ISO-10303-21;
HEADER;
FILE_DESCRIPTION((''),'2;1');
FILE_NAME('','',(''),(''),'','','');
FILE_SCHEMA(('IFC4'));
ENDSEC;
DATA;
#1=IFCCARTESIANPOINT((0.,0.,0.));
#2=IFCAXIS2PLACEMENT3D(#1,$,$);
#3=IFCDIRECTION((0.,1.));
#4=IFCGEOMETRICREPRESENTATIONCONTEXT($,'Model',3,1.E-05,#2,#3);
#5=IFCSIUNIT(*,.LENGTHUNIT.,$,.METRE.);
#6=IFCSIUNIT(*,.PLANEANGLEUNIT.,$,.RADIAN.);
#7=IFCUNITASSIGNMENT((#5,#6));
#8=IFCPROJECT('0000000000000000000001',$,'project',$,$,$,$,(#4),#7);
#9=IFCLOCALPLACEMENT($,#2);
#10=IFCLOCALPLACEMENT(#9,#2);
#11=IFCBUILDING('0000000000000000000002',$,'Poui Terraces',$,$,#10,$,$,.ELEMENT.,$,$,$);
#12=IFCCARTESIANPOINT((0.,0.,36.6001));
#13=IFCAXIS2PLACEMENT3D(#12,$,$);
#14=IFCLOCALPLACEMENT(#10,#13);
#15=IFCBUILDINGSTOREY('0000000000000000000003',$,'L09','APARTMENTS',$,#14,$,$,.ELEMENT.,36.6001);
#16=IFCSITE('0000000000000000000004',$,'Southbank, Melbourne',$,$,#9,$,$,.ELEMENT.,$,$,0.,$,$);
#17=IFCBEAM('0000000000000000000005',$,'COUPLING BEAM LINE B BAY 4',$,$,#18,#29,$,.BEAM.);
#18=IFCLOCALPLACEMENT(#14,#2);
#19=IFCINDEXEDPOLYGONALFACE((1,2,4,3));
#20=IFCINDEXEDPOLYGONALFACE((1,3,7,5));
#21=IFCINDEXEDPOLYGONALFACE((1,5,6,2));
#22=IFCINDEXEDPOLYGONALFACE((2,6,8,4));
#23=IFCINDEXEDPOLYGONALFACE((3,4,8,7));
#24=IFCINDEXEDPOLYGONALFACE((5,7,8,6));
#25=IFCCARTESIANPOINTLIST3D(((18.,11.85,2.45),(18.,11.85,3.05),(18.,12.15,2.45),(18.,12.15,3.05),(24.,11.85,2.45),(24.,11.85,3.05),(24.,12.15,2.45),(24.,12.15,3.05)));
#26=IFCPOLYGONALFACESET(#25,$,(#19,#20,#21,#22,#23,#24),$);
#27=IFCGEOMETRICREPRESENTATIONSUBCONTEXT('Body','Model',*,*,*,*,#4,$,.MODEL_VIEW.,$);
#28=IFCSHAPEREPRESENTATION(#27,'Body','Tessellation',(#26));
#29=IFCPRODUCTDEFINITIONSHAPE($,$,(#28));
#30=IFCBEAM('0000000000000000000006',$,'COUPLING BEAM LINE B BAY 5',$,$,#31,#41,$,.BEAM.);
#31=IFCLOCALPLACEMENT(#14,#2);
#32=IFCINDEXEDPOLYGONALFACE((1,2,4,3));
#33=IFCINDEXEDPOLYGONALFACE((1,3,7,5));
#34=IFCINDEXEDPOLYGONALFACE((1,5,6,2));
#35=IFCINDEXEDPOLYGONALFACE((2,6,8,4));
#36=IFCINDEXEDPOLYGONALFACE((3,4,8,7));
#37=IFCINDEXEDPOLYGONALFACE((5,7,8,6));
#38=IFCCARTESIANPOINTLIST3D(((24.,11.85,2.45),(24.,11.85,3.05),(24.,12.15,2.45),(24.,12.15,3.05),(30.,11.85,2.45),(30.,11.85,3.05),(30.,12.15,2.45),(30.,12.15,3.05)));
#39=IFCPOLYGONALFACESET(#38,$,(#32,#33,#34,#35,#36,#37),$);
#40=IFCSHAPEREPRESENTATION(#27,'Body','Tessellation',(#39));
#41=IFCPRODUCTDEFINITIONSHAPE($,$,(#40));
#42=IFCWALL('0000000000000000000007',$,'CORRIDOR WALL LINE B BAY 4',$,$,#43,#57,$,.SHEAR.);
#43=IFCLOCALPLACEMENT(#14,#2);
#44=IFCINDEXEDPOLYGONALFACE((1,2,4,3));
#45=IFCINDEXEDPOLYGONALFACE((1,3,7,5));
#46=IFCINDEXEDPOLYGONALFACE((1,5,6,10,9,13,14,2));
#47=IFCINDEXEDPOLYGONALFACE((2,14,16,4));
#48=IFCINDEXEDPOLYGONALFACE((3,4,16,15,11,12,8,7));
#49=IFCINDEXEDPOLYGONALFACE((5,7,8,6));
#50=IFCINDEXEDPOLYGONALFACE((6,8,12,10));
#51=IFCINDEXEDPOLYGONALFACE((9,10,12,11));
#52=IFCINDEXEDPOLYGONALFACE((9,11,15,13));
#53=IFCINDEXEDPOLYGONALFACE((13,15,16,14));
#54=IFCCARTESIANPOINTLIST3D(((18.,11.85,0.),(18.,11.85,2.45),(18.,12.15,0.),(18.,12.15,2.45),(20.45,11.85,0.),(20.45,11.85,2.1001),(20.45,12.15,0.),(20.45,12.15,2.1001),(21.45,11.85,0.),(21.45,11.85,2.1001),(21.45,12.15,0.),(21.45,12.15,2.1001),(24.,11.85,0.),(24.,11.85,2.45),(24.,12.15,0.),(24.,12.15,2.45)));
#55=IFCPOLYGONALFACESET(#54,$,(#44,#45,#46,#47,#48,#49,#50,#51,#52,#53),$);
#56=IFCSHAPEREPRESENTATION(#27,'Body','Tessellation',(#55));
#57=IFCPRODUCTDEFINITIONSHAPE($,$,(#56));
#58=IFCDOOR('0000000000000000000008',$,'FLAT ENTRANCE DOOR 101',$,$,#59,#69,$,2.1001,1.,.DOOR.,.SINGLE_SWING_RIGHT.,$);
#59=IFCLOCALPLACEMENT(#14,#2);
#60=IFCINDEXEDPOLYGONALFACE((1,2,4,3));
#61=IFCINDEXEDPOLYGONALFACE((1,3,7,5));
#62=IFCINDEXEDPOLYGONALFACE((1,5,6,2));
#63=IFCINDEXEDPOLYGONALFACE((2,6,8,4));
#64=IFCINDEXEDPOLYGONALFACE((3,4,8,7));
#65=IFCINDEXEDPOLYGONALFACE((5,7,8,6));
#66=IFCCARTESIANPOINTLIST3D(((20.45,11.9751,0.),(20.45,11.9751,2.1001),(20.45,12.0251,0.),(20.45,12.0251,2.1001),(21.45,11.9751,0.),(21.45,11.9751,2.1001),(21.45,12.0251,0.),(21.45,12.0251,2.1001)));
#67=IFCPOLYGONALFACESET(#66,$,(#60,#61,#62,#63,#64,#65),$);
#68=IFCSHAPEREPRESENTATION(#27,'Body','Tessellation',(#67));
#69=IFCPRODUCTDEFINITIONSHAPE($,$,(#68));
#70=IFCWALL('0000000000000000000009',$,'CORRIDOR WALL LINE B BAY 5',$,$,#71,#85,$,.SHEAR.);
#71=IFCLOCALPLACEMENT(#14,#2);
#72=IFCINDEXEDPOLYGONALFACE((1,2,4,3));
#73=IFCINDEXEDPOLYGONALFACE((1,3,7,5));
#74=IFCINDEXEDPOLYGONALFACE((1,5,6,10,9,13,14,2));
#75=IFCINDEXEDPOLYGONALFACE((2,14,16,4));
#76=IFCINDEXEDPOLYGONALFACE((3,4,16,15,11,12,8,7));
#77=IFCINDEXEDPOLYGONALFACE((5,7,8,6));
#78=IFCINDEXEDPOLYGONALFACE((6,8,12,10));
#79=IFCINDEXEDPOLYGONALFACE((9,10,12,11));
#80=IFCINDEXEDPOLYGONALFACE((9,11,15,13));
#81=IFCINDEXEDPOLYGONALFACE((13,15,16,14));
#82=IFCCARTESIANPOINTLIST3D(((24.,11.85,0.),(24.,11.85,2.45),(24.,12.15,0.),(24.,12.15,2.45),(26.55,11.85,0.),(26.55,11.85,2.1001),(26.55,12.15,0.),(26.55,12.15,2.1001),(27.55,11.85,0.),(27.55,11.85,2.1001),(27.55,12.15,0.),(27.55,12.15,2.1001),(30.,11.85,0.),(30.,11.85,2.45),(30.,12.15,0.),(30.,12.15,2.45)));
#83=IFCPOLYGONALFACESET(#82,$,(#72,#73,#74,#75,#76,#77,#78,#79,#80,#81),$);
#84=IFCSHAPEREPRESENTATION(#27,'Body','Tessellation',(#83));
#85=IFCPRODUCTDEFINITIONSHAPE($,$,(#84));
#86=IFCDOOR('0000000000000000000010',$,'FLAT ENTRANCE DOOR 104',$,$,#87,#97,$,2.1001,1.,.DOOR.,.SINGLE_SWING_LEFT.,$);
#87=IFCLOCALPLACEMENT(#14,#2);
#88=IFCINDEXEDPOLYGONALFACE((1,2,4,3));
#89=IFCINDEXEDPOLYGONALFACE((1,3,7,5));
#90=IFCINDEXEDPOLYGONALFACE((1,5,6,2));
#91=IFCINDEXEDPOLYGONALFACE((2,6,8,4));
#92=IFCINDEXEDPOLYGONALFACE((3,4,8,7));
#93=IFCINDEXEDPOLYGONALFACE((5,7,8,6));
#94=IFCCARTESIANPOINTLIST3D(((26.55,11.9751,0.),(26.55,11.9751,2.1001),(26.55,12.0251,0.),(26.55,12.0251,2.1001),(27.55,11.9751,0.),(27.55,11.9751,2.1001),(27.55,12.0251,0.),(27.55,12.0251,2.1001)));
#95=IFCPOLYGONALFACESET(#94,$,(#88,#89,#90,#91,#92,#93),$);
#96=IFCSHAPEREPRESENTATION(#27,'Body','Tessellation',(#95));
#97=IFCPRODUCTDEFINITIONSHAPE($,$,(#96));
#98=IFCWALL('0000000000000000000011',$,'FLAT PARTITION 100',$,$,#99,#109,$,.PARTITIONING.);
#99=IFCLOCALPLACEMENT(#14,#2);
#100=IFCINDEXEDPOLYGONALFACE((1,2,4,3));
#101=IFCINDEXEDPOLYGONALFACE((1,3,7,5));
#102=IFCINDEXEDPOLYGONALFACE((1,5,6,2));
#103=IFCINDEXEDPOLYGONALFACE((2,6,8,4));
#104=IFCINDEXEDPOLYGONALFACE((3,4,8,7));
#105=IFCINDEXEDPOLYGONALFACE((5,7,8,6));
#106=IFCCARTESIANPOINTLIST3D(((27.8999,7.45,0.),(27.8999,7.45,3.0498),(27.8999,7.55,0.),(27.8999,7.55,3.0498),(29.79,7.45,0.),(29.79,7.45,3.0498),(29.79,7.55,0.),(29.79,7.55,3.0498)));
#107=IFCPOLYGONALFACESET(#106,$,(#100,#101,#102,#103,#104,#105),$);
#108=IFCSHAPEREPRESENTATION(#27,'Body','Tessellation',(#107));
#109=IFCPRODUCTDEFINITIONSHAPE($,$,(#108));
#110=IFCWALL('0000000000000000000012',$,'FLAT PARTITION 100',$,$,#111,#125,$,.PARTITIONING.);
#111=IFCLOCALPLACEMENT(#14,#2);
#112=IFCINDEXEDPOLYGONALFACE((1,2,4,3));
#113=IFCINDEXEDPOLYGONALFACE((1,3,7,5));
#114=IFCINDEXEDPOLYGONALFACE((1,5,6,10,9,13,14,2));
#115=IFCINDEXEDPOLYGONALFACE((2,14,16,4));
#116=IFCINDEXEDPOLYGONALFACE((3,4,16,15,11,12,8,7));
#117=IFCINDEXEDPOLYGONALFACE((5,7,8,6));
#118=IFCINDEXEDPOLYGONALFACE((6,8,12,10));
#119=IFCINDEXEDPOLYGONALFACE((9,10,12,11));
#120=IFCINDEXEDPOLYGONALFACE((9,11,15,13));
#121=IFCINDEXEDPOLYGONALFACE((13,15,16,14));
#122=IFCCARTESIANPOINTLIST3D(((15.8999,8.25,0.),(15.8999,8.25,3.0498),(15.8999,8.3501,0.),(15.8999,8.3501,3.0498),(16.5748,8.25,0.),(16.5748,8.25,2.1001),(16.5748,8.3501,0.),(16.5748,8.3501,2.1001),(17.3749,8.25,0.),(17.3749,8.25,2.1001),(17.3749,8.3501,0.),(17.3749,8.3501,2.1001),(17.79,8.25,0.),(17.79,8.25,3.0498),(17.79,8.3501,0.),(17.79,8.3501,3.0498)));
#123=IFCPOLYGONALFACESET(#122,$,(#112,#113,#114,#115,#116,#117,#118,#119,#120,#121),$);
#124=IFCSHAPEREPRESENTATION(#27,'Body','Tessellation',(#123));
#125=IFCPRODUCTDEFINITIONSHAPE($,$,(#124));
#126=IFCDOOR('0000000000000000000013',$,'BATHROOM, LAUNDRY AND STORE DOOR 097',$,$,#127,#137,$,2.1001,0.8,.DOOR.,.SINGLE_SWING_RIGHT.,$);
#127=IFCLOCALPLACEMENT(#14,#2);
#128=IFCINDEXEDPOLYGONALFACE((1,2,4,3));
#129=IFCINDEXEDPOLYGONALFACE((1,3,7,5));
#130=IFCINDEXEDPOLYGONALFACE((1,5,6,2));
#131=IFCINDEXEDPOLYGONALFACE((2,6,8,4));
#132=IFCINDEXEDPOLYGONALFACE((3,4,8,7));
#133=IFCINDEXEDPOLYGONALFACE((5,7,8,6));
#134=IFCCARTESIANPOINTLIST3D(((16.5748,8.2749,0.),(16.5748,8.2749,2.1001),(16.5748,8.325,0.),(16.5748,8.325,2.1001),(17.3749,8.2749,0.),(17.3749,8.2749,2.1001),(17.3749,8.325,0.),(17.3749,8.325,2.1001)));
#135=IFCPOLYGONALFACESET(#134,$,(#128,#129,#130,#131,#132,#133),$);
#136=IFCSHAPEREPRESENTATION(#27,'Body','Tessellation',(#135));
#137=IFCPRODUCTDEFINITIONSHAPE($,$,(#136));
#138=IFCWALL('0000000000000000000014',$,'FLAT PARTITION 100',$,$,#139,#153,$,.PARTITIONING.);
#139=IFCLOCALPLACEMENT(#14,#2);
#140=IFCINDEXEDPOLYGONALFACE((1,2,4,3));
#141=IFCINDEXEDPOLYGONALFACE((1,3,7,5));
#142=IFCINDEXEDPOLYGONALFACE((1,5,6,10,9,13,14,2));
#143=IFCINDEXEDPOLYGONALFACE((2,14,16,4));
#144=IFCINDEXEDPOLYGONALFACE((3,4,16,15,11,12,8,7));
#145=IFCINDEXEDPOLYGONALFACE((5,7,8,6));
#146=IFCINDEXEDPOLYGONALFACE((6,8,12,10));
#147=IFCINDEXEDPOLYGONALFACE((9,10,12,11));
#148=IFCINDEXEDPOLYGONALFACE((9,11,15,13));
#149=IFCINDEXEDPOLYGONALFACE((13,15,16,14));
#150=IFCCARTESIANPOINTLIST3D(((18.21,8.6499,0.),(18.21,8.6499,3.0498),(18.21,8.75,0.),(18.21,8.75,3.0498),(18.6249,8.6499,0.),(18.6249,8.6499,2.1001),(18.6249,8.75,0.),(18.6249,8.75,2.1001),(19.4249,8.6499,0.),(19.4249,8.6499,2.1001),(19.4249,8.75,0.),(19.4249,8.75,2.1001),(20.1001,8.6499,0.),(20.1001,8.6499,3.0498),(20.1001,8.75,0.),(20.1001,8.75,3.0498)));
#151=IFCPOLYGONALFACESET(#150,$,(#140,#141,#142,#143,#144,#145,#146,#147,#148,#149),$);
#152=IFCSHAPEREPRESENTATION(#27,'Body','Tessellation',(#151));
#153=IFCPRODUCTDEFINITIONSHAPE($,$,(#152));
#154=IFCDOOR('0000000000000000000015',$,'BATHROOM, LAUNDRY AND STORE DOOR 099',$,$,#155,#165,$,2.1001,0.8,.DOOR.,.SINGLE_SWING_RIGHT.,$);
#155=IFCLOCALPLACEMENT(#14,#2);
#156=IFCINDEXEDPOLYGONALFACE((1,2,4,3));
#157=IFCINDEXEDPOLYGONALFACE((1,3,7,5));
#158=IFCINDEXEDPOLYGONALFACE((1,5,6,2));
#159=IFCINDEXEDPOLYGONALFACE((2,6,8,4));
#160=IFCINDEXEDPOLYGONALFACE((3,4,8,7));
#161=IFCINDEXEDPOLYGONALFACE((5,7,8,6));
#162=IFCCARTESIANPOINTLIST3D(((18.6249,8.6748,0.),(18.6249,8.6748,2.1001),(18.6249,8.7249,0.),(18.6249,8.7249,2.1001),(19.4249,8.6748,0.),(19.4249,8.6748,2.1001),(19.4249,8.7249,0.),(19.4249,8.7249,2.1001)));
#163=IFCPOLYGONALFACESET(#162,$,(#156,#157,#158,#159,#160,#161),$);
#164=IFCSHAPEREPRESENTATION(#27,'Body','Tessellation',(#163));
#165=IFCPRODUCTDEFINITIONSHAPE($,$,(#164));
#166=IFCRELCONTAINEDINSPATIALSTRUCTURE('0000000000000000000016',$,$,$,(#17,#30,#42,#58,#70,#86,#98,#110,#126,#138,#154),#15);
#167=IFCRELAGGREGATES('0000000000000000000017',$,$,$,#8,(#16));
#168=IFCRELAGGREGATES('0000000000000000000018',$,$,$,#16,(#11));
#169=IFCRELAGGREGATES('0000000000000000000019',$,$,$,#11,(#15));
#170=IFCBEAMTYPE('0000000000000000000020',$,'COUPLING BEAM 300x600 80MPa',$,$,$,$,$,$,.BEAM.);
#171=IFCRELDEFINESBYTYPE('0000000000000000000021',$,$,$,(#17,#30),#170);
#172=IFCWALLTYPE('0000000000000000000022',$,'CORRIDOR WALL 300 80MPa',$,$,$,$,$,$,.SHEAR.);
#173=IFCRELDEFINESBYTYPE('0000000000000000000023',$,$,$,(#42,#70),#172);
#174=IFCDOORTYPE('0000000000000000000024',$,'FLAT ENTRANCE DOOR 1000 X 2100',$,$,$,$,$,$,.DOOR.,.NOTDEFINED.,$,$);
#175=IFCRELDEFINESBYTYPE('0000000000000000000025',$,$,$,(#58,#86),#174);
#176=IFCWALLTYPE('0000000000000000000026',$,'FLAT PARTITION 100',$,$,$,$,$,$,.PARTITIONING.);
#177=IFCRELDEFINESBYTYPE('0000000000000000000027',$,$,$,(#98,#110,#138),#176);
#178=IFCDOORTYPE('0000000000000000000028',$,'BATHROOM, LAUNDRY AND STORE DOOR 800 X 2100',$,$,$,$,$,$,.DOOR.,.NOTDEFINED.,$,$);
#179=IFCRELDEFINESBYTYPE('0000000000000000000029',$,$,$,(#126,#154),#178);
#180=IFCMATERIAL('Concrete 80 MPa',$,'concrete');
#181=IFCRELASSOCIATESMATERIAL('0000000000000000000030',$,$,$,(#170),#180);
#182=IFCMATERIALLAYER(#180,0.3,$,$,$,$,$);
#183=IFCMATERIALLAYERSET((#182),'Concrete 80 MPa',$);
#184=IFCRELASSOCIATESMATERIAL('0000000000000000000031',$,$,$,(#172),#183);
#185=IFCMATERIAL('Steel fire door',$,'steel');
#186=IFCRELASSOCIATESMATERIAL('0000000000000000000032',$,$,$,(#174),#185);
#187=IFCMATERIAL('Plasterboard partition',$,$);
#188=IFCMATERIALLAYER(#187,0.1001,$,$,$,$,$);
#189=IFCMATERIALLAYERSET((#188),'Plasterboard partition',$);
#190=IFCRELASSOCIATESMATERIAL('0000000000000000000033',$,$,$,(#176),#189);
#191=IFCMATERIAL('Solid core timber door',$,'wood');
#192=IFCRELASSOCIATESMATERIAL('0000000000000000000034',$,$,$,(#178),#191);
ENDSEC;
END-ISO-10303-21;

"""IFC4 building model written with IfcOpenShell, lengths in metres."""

from ifc_helpers import new_model, si_unit, direction, frame, frame_2d, origin, origin_2d, place, context, subcontext, project, spatial, rectangle, extrude, source, transform, mapped, material, layer, layer_set, material_profile, profile_set, type_object, element, fill, save


model = new_model("IFC4")

# Units and contexts
model_context = context("Model", 3, precision=1e-05, world=origin(), true_north=direction((0.0, 1.0)))
body_context = subcontext(model_context, "Body", "Model", "MODEL_VIEW")
ifc_project = project(units=[si_unit("LENGTHUNIT", "METRE"), si_unit("PLANEANGLEUNIT", "RADIAN")], contexts=[model_context])

# Site, building, storey
site_placement = place(None, origin())
site = spatial("IfcSite", under=ifc_project, at=site_placement, Name="Southbank, Melbourne", CompositionType="ELEMENT", RefElevation=0.0)
building_placement = place(site_placement, origin())
building = spatial("IfcBuilding", under=site, at=building_placement, Name="Poui Terraces", CompositionType="ELEMENT")
storey_placement = place(building_placement, frame((0.0, 0.0, 36.6001)))
storey = spatial("IfcBuildingStorey", under=building, at=storey_placement, Name="L09", Description="APARTMENTS", CompositionType="ELEMENT", Elevation=36.6001)

# Beams
ifc_material_1 = material(Name="Concrete 80 MPa", Category="concrete")
ifc_material_profile = material_profile(ifc_material_1, rectangle(XDim=0.3, YDim=0.6001, at=origin_2d()), Name="RC 300x600")
ifc_profile_set = profile_set([ifc_material_profile], Name="Concrete 80 MPa")
beam_type = type_object("IfcBeamType", Name="COUPLING BEAM 300x600 80MPa", PredefinedType="BEAM", material=ifc_profile_set)
shared_shape = source(origin(), body_context, "Body", "SweptSolid", [
    extrude(rectangle(XDim=0.3, YDim=0.6001, at=origin_2d()), origin(), (0.0, 0.0, 1.0), 6.0),
])
for number, where, z_axis, x_axis, name in (
    (1, (18.0, 12.0, 2.75), (1.0, 0.0, 0.0), (0.0, 1.0, 0.0), "COUPLING BEAM LINE B BAY 4"),
    (2, (24.0, 12.0, 2.75), (1.0, 0.0, 0.0), (0.0, 1.0, 0.0), "COUPLING BEAM LINE B BAY 5"),
):
    element("IfcBeam", number, at=place(storey_placement, frame(where, z_axis=z_axis, x_axis=x_axis)), inside=storey, type_object=beam_type, Name=name, PredefinedType="BEAM", context=body_context, shape_type="MappedRepresentation", body=[
        mapped(shared_shape, transform((0.0, 0.0, 0.0))),
    ])

# Walls, openings, doors
ifc_layer_1 = layer(ifc_material_1, 0.3)
ifc_layer_set_1 = layer_set([ifc_layer_1], Name="Concrete 80 MPa")
wall_type_1 = type_object("IfcWallType", Name="CORRIDOR WALL 300 80MPa", PredefinedType="SHEAR", material=ifc_layer_set_1)
wall_1_placement = place(storey_placement, frame((18.0, 12.0, 0.0), z_axis=(0.0, 0.0, 1.0), x_axis=(1.0, 0.0, 0.0)))
wall_1 = element("IfcWall", 3, at=wall_1_placement, inside=storey, type_object=wall_type_1, Name="CORRIDOR WALL LINE B BAY 4", PredefinedType="SHEAR", context=body_context, shape_type="SweptSolid", body=[
    extrude(rectangle(XDim=6.0, YDim=0.3, at=frame_2d((3.0, 0.0))), origin(), (0.0, 0.0, 1.0), 2.45),
])
opening_1_placement = place(wall_1_placement, frame((2.45, 0.0, 0.0)))
opening_1 = element("IfcOpeningElement", 4, at=opening_1_placement, cuts=wall_1, PredefinedType="OPENING", context=body_context, shape_type="SweptSolid", body=[
    extrude(rectangle(XDim=1.0, YDim=2.1001, at=frame_2d((0.5, 1.05))), frame((0.0, 0.1602, 0.0), z_axis=(0.0, -1.0, 0.0), x_axis=(1.0, 0.0, 0.0)), (0.0, 0.0, 1.0), 0.3201),
])
ifc_material_2 = material(Name="Steel fire door", Category="steel")
door_type_1 = type_object("IfcDoorType", Name="FLAT ENTRANCE DOOR 1000 X 2100", OperationType="NOTDEFINED", PredefinedType="DOOR", material=ifc_material_2)
door_1_placement = place(opening_1_placement, frame((1.0, 0.0, 0.0), z_axis=(0.0, 0.0, 1.0), x_axis=(-1.0, 0.0, 0.0)))
door_1 = element("IfcDoor", 5, at=door_1_placement, inside=storey, type_object=door_type_1, Name="FLAT ENTRANCE DOOR 101", OperationType="SINGLE_SWING_RIGHT", OverallHeight=2.1001, OverallWidth=1.0, PredefinedType="DOOR", context=body_context, shape_type="SweptSolid", body=[
    extrude(rectangle(XDim=1.0, YDim=2.1001, at=frame_2d((0.5, 1.05))), frame((0.0, 0.0249, 0.0), z_axis=(0.0, -1.0, 0.0), x_axis=(1.0, 0.0, 0.0)), (0.0, 0.0, 1.0), 0.05),
])
fill(opening_1, door_1)
wall_2_placement = place(storey_placement, frame((24.0, 12.0, 0.0), z_axis=(0.0, 0.0, 1.0), x_axis=(1.0, 0.0, 0.0)))
wall_2 = element("IfcWall", 6, at=wall_2_placement, inside=storey, type_object=wall_type_1, Name="CORRIDOR WALL LINE B BAY 5", PredefinedType="SHEAR", context=body_context, shape_type="SweptSolid", body=[
    extrude(rectangle(XDim=6.0, YDim=0.3, at=frame_2d((3.0, 0.0))), origin(), (0.0, 0.0, 1.0), 2.45),
])
opening_2_placement = place(wall_2_placement, frame((2.55, 0.0, 0.0)))
opening_2 = element("IfcOpeningElement", 7, at=opening_2_placement, cuts=wall_2, PredefinedType="OPENING", context=body_context, shape_type="SweptSolid", body=[
    extrude(rectangle(XDim=1.0, YDim=2.1001, at=frame_2d((0.5, 1.05))), frame((0.0, 0.1602, 0.0), z_axis=(0.0, -1.0, 0.0), x_axis=(1.0, 0.0, 0.0)), (0.0, 0.0, 1.0), 0.3201),
])
door_2_placement = place(opening_2_placement, frame((1.0, 0.0, 0.0), z_axis=(0.0, 0.0, 1.0), x_axis=(-1.0, 0.0, 0.0)))
door_2 = element("IfcDoor", 8, at=door_2_placement, inside=storey, type_object=door_type_1, Name="FLAT ENTRANCE DOOR 104", OperationType="SINGLE_SWING_LEFT", OverallHeight=2.1001, OverallWidth=1.0, PredefinedType="DOOR", context=body_context, shape_type="SweptSolid", body=[
    extrude(rectangle(XDim=1.0, YDim=2.1001, at=frame_2d((0.5, 1.05))), frame((0.0, 0.0249, 0.0), z_axis=(0.0, -1.0, 0.0), x_axis=(1.0, 0.0, 0.0)), (0.0, 0.0, 1.0), 0.05),
])
fill(opening_2, door_2)

# Wall
ifc_material_3 = material(Name="Plasterboard partition")
ifc_layer_2 = layer(ifc_material_3, 0.1001)
ifc_layer_set_2 = layer_set([ifc_layer_2], Name="Plasterboard partition")
wall_type_2 = type_object("IfcWallType", Name="FLAT PARTITION 100", PredefinedType="PARTITIONING", material=ifc_layer_set_2)
wall_3_placement = place(storey_placement, frame((27.8999, 7.5, 0.0), z_axis=(0.0, 0.0, 1.0), x_axis=(1.0, 0.0, 0.0)))
element("IfcWall", 9, at=wall_3_placement, inside=storey, type_object=wall_type_2, Name="FLAT PARTITION 100", PredefinedType="PARTITIONING", context=body_context, shape_type="SweptSolid", body=[
    extrude(rectangle(XDim=1.8901, YDim=0.1001, at=frame_2d((0.9451, 0.0))), origin(), (0.0, 0.0, 1.0), 3.0498),
])

# Walls, openings, doors
wall_4_placement = place(storey_placement, frame((15.8999, 8.3, 0.0), z_axis=(0.0, 0.0, 1.0), x_axis=(1.0, 0.0, 0.0)))
wall_4 = element("IfcWall", 10, at=wall_4_placement, inside=storey, type_object=wall_type_2, Name="FLAT PARTITION 100", PredefinedType="PARTITIONING", context=body_context, shape_type="SweptSolid", body=[
    extrude(rectangle(XDim=1.8901, YDim=0.1001, at=frame_2d((0.9451, 0.0))), origin(), (0.0, 0.0, 1.0), 3.0498),
])
opening_3_placement = place(wall_4_placement, frame((0.675, 0.0, 0.0)))
opening_3 = element("IfcOpeningElement", 11, at=opening_3_placement, cuts=wall_4, PredefinedType="OPENING", context=body_context, shape_type="SweptSolid", body=[
    extrude(rectangle(XDim=0.8, YDim=2.1001, at=frame_2d((0.3999, 1.05))), frame((0.0, 0.0601, 0.0), z_axis=(0.0, -1.0, 0.0), x_axis=(1.0, 0.0, 0.0)), (0.0, 0.0, 1.0), 0.1201),
])
ifc_material_4 = material(Name="Solid core timber door", Category="wood")
door_type_2 = type_object("IfcDoorType", Name="BATHROOM, LAUNDRY AND STORE DOOR 800 X 2100", OperationType="NOTDEFINED", PredefinedType="DOOR", material=ifc_material_4)
door_3_placement = place(opening_3_placement, origin())
door_3 = element("IfcDoor", 12, at=door_3_placement, inside=storey, type_object=door_type_2, Name="BATHROOM, LAUNDRY AND STORE DOOR 097", OperationType="SINGLE_SWING_RIGHT", OverallHeight=2.1001, OverallWidth=0.8, PredefinedType="DOOR", context=body_context, shape_type="SweptSolid", body=[
    extrude(rectangle(XDim=0.8, YDim=2.1001, at=frame_2d((0.3999, 1.05))), frame((0.0, 0.0249, 0.0), z_axis=(0.0, -1.0, 0.0), x_axis=(1.0, 0.0, 0.0)), (0.0, 0.0, 1.0), 0.05),
])
fill(opening_3, door_3)
wall_5_placement = place(storey_placement, frame((18.21, 8.7, 0.0), z_axis=(0.0, 0.0, 1.0), x_axis=(1.0, 0.0, 0.0)))
wall_5 = element("IfcWall", 13, at=wall_5_placement, inside=storey, type_object=wall_type_2, Name="FLAT PARTITION 100", PredefinedType="PARTITIONING", context=body_context, shape_type="SweptSolid", body=[
    extrude(rectangle(XDim=1.8901, YDim=0.1001, at=frame_2d((0.9451, 0.0))), origin(), (0.0, 0.0, 1.0), 3.0498),
])
opening_4_placement = place(wall_5_placement, frame((0.415, 0.0, 0.0)))
opening_4 = element("IfcOpeningElement", 14, at=opening_4_placement, cuts=wall_5, PredefinedType="OPENING", context=body_context, shape_type="SweptSolid", body=[
    extrude(rectangle(XDim=0.8, YDim=2.1001, at=frame_2d((0.3999, 1.05))), frame((0.0, 0.0601, 0.0), z_axis=(0.0, -1.0, 0.0), x_axis=(1.0, 0.0, 0.0)), (0.0, 0.0, 1.0), 0.1201),
])
door_4_placement = place(opening_4_placement, origin())
door_4 = element("IfcDoor", 15, at=door_4_placement, inside=storey, type_object=door_type_2, Name="BATHROOM, LAUNDRY AND STORE DOOR 099", OperationType="SINGLE_SWING_RIGHT", OverallHeight=2.1001, OverallWidth=0.8, PredefinedType="DOOR", context=body_context, shape_type="SweptSolid", body=[
    extrude(rectangle(XDim=0.8, YDim=2.1001, at=frame_2d((0.3999, 1.05))), frame((0.0, 0.0249, 0.0), z_axis=(0.0, -1.0, 0.0), x_axis=(1.0, 0.0, 0.0)), (0.0, 0.0, 1.0), 0.05),
])
fill(opening_4, door_4)

save(model, "model.ifc")
